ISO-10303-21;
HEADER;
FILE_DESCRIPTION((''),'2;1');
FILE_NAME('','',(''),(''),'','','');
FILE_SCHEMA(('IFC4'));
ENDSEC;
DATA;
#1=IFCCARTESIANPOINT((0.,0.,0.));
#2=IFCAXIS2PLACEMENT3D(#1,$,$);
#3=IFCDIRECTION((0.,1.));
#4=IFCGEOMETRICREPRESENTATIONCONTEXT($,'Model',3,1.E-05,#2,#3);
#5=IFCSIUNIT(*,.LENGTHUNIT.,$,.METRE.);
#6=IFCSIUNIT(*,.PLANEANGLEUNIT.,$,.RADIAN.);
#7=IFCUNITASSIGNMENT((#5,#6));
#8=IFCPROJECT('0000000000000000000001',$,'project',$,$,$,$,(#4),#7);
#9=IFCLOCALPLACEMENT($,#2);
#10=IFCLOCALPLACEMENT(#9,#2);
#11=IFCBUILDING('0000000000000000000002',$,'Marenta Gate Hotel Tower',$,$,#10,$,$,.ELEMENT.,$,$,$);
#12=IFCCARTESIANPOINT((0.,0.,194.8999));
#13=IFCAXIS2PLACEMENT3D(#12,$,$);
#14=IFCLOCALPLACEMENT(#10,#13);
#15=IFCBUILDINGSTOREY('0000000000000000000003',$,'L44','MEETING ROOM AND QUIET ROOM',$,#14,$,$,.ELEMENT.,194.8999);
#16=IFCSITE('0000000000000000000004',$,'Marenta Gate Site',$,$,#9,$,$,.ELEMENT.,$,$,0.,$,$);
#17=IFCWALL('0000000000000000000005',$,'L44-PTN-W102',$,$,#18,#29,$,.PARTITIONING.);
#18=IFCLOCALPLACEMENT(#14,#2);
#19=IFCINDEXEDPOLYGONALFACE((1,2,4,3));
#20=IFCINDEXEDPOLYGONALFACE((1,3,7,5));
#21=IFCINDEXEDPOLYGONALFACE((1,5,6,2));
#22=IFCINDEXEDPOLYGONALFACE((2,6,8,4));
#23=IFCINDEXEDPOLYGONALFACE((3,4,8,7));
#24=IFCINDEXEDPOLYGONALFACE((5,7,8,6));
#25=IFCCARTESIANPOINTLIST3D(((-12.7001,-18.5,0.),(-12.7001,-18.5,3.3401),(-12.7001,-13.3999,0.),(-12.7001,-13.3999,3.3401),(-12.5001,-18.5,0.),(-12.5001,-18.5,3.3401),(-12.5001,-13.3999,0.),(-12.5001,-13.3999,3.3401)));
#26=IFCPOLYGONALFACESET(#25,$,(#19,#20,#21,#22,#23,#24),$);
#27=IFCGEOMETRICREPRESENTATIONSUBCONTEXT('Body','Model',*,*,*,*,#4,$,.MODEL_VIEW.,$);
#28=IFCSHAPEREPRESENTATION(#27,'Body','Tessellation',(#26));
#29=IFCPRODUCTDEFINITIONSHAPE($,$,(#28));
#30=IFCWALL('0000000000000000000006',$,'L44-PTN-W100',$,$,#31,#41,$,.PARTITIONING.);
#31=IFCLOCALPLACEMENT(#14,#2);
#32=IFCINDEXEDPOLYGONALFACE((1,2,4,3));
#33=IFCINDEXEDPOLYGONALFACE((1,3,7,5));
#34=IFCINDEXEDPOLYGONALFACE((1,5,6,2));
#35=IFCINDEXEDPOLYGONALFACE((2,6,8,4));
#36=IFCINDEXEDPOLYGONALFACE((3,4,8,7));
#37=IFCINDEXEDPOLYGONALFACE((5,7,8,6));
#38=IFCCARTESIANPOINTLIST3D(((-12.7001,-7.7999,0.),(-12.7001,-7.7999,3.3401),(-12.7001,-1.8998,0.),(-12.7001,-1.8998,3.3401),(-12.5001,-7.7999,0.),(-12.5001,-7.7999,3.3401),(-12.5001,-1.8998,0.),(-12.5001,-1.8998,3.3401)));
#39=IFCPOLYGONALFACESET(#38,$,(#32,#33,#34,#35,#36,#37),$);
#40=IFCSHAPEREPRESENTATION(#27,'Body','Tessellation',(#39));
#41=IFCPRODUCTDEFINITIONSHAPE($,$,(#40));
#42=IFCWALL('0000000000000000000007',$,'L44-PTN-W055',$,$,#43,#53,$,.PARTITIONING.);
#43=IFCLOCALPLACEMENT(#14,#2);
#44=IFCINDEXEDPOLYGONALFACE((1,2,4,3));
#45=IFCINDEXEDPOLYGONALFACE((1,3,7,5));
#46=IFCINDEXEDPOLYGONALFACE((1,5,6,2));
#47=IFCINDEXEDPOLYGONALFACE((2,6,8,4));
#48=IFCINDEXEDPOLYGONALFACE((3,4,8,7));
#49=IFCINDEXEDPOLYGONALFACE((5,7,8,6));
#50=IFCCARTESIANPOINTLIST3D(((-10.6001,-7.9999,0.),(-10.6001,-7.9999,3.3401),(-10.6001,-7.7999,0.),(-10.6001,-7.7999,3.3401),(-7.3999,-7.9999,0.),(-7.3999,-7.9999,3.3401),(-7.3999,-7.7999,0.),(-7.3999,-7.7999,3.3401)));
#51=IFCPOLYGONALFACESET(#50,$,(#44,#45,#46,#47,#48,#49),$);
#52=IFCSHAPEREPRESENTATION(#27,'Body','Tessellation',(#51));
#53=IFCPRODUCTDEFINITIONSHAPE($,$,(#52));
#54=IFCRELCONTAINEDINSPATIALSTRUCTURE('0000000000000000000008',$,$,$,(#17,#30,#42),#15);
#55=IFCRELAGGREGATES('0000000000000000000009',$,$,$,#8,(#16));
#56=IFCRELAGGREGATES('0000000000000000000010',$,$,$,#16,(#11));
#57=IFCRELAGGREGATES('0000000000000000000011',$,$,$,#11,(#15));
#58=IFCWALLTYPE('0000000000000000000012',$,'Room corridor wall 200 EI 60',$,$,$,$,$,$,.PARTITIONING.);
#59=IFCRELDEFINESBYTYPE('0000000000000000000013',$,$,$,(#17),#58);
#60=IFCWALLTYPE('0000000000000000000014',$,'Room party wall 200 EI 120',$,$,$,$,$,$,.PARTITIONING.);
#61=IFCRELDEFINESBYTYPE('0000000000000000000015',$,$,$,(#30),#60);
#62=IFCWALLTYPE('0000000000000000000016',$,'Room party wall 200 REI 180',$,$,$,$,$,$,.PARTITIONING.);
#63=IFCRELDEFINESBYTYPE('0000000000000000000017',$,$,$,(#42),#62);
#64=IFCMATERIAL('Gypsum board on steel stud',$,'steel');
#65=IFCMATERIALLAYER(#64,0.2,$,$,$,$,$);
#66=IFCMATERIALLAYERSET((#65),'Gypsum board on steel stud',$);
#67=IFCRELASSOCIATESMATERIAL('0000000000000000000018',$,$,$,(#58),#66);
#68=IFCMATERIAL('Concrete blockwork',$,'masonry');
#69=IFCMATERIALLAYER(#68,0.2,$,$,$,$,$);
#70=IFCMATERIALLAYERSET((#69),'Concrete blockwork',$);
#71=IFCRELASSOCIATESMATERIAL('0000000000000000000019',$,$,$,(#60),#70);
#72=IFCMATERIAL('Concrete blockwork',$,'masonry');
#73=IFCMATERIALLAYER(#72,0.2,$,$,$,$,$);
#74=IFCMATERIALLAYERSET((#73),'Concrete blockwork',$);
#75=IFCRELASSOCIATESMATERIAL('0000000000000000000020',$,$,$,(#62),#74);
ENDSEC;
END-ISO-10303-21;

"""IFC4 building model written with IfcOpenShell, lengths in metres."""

from ifc_helpers import new_model, si_unit, direction, frame, frame_2d, origin, place, context, subcontext, project, spatial, rectangle, extrude, material, layer, layer_set, type_object, element, save


model = new_model("IFC4")

# Units and contexts
model_context = context("Model", 3, precision=1e-05, world=origin(), true_north=direction((0.0, 1.0)))
body_context = subcontext(model_context, "Body", "Model", "MODEL_VIEW")
ifc_project = project(units=[si_unit("LENGTHUNIT", "METRE"), si_unit("PLANEANGLEUNIT", "RADIAN")], contexts=[model_context])

# Site, building, storey
site_placement = place(None, origin())
site = spatial("IfcSite", under=ifc_project, at=site_placement, Name="Marenta Gate Site", CompositionType="ELEMENT", RefElevation=0.0)
building_placement = place(site_placement, origin())
building = spatial("IfcBuilding", under=site, at=building_placement, Name="Marenta Gate Hotel Tower", CompositionType="ELEMENT")
storey_placement = place(building_placement, frame((0.0, 0.0, 194.8999)))
storey = spatial("IfcBuildingStorey", under=building, at=storey_placement, Name="L44", Description="MEETING ROOM AND QUIET ROOM", CompositionType="ELEMENT", Elevation=194.8999)

# Shared definitions
ifc_material_1 = material(Name="Gypsum board on steel stud", Category="steel")
ifc_layer_1 = layer(ifc_material_1, 0.2)
ifc_layer_set_1 = layer_set([ifc_layer_1], Name="Gypsum board on steel stud")
wall_type_1 = type_object("IfcWallType", Name="Room corridor wall 200 EI 60", PredefinedType="PARTITIONING", material=ifc_layer_set_1)

# Wall
wall_1_placement = place(storey_placement, frame((-12.6001, -18.5, 0.0), z_axis=(0.0, 0.0, 1.0), x_axis=(0.0, 1.0, 0.0)))
element("IfcWall", 1, at=wall_1_placement, inside=storey, type_object=wall_type_1, Name="L44-PTN-W102", PredefinedType="PARTITIONING", context=body_context, shape_type="SweptSolid", body=[
    extrude(rectangle(XDim=5.1001, YDim=0.2, at=frame_2d((2.55, 0.0))), origin(), (0.0, 0.0, 1.0), 3.3401),
])

# Walls
ifc_material_2 = material(Name="Concrete blockwork", Category="masonry")
ifc_layer_2 = layer(ifc_material_2, 0.2)
ifc_layer_set_2 = layer_set([ifc_layer_2], Name="Concrete blockwork")
wall_type_2 = type_object("IfcWallType", Name="Room party wall 200 EI 120", PredefinedType="PARTITIONING", material=ifc_layer_set_2)
wall_2_placement = place(storey_placement, frame((-12.6001, -7.8, 0.0), z_axis=(0.0, 0.0, 1.0), x_axis=(0.0, 1.0, 0.0)))
element("IfcWall", 2, at=wall_2_placement, inside=storey, type_object=wall_type_2, Name="L44-PTN-W100", PredefinedType="PARTITIONING", context=body_context, shape_type="SweptSolid", body=[
    extrude(rectangle(XDim=5.9001, YDim=0.2, at=frame_2d((2.9502, 0.0))), origin(), (0.0, 0.0, 1.0), 3.3401),
])
ifc_material_3 = material(Name="Concrete blockwork", Category="masonry")
ifc_layer_3 = layer(ifc_material_3, 0.2)
ifc_layer_set_3 = layer_set([ifc_layer_3], Name="Concrete blockwork")
wall_type_3 = type_object("IfcWallType", Name="Room party wall 200 REI 180", PredefinedType="PARTITIONING", material=ifc_layer_set_3)
wall_3_placement = place(storey_placement, frame((-10.6001, -7.8999, 0.0), z_axis=(0.0, 0.0, 1.0), x_axis=(1.0, 0.0, 0.0)))
element("IfcWall", 3, at=wall_3_placement, inside=storey, type_object=wall_type_3, Name="L44-PTN-W055", PredefinedType="PARTITIONING", context=body_context, shape_type="SweptSolid", body=[
    extrude(rectangle(XDim=3.2002, YDim=0.2, at=frame_2d((1.6001, 0.0))), origin(), (0.0, 0.0, 1.0), 3.3401),
])

save(model, "model.ifc")
